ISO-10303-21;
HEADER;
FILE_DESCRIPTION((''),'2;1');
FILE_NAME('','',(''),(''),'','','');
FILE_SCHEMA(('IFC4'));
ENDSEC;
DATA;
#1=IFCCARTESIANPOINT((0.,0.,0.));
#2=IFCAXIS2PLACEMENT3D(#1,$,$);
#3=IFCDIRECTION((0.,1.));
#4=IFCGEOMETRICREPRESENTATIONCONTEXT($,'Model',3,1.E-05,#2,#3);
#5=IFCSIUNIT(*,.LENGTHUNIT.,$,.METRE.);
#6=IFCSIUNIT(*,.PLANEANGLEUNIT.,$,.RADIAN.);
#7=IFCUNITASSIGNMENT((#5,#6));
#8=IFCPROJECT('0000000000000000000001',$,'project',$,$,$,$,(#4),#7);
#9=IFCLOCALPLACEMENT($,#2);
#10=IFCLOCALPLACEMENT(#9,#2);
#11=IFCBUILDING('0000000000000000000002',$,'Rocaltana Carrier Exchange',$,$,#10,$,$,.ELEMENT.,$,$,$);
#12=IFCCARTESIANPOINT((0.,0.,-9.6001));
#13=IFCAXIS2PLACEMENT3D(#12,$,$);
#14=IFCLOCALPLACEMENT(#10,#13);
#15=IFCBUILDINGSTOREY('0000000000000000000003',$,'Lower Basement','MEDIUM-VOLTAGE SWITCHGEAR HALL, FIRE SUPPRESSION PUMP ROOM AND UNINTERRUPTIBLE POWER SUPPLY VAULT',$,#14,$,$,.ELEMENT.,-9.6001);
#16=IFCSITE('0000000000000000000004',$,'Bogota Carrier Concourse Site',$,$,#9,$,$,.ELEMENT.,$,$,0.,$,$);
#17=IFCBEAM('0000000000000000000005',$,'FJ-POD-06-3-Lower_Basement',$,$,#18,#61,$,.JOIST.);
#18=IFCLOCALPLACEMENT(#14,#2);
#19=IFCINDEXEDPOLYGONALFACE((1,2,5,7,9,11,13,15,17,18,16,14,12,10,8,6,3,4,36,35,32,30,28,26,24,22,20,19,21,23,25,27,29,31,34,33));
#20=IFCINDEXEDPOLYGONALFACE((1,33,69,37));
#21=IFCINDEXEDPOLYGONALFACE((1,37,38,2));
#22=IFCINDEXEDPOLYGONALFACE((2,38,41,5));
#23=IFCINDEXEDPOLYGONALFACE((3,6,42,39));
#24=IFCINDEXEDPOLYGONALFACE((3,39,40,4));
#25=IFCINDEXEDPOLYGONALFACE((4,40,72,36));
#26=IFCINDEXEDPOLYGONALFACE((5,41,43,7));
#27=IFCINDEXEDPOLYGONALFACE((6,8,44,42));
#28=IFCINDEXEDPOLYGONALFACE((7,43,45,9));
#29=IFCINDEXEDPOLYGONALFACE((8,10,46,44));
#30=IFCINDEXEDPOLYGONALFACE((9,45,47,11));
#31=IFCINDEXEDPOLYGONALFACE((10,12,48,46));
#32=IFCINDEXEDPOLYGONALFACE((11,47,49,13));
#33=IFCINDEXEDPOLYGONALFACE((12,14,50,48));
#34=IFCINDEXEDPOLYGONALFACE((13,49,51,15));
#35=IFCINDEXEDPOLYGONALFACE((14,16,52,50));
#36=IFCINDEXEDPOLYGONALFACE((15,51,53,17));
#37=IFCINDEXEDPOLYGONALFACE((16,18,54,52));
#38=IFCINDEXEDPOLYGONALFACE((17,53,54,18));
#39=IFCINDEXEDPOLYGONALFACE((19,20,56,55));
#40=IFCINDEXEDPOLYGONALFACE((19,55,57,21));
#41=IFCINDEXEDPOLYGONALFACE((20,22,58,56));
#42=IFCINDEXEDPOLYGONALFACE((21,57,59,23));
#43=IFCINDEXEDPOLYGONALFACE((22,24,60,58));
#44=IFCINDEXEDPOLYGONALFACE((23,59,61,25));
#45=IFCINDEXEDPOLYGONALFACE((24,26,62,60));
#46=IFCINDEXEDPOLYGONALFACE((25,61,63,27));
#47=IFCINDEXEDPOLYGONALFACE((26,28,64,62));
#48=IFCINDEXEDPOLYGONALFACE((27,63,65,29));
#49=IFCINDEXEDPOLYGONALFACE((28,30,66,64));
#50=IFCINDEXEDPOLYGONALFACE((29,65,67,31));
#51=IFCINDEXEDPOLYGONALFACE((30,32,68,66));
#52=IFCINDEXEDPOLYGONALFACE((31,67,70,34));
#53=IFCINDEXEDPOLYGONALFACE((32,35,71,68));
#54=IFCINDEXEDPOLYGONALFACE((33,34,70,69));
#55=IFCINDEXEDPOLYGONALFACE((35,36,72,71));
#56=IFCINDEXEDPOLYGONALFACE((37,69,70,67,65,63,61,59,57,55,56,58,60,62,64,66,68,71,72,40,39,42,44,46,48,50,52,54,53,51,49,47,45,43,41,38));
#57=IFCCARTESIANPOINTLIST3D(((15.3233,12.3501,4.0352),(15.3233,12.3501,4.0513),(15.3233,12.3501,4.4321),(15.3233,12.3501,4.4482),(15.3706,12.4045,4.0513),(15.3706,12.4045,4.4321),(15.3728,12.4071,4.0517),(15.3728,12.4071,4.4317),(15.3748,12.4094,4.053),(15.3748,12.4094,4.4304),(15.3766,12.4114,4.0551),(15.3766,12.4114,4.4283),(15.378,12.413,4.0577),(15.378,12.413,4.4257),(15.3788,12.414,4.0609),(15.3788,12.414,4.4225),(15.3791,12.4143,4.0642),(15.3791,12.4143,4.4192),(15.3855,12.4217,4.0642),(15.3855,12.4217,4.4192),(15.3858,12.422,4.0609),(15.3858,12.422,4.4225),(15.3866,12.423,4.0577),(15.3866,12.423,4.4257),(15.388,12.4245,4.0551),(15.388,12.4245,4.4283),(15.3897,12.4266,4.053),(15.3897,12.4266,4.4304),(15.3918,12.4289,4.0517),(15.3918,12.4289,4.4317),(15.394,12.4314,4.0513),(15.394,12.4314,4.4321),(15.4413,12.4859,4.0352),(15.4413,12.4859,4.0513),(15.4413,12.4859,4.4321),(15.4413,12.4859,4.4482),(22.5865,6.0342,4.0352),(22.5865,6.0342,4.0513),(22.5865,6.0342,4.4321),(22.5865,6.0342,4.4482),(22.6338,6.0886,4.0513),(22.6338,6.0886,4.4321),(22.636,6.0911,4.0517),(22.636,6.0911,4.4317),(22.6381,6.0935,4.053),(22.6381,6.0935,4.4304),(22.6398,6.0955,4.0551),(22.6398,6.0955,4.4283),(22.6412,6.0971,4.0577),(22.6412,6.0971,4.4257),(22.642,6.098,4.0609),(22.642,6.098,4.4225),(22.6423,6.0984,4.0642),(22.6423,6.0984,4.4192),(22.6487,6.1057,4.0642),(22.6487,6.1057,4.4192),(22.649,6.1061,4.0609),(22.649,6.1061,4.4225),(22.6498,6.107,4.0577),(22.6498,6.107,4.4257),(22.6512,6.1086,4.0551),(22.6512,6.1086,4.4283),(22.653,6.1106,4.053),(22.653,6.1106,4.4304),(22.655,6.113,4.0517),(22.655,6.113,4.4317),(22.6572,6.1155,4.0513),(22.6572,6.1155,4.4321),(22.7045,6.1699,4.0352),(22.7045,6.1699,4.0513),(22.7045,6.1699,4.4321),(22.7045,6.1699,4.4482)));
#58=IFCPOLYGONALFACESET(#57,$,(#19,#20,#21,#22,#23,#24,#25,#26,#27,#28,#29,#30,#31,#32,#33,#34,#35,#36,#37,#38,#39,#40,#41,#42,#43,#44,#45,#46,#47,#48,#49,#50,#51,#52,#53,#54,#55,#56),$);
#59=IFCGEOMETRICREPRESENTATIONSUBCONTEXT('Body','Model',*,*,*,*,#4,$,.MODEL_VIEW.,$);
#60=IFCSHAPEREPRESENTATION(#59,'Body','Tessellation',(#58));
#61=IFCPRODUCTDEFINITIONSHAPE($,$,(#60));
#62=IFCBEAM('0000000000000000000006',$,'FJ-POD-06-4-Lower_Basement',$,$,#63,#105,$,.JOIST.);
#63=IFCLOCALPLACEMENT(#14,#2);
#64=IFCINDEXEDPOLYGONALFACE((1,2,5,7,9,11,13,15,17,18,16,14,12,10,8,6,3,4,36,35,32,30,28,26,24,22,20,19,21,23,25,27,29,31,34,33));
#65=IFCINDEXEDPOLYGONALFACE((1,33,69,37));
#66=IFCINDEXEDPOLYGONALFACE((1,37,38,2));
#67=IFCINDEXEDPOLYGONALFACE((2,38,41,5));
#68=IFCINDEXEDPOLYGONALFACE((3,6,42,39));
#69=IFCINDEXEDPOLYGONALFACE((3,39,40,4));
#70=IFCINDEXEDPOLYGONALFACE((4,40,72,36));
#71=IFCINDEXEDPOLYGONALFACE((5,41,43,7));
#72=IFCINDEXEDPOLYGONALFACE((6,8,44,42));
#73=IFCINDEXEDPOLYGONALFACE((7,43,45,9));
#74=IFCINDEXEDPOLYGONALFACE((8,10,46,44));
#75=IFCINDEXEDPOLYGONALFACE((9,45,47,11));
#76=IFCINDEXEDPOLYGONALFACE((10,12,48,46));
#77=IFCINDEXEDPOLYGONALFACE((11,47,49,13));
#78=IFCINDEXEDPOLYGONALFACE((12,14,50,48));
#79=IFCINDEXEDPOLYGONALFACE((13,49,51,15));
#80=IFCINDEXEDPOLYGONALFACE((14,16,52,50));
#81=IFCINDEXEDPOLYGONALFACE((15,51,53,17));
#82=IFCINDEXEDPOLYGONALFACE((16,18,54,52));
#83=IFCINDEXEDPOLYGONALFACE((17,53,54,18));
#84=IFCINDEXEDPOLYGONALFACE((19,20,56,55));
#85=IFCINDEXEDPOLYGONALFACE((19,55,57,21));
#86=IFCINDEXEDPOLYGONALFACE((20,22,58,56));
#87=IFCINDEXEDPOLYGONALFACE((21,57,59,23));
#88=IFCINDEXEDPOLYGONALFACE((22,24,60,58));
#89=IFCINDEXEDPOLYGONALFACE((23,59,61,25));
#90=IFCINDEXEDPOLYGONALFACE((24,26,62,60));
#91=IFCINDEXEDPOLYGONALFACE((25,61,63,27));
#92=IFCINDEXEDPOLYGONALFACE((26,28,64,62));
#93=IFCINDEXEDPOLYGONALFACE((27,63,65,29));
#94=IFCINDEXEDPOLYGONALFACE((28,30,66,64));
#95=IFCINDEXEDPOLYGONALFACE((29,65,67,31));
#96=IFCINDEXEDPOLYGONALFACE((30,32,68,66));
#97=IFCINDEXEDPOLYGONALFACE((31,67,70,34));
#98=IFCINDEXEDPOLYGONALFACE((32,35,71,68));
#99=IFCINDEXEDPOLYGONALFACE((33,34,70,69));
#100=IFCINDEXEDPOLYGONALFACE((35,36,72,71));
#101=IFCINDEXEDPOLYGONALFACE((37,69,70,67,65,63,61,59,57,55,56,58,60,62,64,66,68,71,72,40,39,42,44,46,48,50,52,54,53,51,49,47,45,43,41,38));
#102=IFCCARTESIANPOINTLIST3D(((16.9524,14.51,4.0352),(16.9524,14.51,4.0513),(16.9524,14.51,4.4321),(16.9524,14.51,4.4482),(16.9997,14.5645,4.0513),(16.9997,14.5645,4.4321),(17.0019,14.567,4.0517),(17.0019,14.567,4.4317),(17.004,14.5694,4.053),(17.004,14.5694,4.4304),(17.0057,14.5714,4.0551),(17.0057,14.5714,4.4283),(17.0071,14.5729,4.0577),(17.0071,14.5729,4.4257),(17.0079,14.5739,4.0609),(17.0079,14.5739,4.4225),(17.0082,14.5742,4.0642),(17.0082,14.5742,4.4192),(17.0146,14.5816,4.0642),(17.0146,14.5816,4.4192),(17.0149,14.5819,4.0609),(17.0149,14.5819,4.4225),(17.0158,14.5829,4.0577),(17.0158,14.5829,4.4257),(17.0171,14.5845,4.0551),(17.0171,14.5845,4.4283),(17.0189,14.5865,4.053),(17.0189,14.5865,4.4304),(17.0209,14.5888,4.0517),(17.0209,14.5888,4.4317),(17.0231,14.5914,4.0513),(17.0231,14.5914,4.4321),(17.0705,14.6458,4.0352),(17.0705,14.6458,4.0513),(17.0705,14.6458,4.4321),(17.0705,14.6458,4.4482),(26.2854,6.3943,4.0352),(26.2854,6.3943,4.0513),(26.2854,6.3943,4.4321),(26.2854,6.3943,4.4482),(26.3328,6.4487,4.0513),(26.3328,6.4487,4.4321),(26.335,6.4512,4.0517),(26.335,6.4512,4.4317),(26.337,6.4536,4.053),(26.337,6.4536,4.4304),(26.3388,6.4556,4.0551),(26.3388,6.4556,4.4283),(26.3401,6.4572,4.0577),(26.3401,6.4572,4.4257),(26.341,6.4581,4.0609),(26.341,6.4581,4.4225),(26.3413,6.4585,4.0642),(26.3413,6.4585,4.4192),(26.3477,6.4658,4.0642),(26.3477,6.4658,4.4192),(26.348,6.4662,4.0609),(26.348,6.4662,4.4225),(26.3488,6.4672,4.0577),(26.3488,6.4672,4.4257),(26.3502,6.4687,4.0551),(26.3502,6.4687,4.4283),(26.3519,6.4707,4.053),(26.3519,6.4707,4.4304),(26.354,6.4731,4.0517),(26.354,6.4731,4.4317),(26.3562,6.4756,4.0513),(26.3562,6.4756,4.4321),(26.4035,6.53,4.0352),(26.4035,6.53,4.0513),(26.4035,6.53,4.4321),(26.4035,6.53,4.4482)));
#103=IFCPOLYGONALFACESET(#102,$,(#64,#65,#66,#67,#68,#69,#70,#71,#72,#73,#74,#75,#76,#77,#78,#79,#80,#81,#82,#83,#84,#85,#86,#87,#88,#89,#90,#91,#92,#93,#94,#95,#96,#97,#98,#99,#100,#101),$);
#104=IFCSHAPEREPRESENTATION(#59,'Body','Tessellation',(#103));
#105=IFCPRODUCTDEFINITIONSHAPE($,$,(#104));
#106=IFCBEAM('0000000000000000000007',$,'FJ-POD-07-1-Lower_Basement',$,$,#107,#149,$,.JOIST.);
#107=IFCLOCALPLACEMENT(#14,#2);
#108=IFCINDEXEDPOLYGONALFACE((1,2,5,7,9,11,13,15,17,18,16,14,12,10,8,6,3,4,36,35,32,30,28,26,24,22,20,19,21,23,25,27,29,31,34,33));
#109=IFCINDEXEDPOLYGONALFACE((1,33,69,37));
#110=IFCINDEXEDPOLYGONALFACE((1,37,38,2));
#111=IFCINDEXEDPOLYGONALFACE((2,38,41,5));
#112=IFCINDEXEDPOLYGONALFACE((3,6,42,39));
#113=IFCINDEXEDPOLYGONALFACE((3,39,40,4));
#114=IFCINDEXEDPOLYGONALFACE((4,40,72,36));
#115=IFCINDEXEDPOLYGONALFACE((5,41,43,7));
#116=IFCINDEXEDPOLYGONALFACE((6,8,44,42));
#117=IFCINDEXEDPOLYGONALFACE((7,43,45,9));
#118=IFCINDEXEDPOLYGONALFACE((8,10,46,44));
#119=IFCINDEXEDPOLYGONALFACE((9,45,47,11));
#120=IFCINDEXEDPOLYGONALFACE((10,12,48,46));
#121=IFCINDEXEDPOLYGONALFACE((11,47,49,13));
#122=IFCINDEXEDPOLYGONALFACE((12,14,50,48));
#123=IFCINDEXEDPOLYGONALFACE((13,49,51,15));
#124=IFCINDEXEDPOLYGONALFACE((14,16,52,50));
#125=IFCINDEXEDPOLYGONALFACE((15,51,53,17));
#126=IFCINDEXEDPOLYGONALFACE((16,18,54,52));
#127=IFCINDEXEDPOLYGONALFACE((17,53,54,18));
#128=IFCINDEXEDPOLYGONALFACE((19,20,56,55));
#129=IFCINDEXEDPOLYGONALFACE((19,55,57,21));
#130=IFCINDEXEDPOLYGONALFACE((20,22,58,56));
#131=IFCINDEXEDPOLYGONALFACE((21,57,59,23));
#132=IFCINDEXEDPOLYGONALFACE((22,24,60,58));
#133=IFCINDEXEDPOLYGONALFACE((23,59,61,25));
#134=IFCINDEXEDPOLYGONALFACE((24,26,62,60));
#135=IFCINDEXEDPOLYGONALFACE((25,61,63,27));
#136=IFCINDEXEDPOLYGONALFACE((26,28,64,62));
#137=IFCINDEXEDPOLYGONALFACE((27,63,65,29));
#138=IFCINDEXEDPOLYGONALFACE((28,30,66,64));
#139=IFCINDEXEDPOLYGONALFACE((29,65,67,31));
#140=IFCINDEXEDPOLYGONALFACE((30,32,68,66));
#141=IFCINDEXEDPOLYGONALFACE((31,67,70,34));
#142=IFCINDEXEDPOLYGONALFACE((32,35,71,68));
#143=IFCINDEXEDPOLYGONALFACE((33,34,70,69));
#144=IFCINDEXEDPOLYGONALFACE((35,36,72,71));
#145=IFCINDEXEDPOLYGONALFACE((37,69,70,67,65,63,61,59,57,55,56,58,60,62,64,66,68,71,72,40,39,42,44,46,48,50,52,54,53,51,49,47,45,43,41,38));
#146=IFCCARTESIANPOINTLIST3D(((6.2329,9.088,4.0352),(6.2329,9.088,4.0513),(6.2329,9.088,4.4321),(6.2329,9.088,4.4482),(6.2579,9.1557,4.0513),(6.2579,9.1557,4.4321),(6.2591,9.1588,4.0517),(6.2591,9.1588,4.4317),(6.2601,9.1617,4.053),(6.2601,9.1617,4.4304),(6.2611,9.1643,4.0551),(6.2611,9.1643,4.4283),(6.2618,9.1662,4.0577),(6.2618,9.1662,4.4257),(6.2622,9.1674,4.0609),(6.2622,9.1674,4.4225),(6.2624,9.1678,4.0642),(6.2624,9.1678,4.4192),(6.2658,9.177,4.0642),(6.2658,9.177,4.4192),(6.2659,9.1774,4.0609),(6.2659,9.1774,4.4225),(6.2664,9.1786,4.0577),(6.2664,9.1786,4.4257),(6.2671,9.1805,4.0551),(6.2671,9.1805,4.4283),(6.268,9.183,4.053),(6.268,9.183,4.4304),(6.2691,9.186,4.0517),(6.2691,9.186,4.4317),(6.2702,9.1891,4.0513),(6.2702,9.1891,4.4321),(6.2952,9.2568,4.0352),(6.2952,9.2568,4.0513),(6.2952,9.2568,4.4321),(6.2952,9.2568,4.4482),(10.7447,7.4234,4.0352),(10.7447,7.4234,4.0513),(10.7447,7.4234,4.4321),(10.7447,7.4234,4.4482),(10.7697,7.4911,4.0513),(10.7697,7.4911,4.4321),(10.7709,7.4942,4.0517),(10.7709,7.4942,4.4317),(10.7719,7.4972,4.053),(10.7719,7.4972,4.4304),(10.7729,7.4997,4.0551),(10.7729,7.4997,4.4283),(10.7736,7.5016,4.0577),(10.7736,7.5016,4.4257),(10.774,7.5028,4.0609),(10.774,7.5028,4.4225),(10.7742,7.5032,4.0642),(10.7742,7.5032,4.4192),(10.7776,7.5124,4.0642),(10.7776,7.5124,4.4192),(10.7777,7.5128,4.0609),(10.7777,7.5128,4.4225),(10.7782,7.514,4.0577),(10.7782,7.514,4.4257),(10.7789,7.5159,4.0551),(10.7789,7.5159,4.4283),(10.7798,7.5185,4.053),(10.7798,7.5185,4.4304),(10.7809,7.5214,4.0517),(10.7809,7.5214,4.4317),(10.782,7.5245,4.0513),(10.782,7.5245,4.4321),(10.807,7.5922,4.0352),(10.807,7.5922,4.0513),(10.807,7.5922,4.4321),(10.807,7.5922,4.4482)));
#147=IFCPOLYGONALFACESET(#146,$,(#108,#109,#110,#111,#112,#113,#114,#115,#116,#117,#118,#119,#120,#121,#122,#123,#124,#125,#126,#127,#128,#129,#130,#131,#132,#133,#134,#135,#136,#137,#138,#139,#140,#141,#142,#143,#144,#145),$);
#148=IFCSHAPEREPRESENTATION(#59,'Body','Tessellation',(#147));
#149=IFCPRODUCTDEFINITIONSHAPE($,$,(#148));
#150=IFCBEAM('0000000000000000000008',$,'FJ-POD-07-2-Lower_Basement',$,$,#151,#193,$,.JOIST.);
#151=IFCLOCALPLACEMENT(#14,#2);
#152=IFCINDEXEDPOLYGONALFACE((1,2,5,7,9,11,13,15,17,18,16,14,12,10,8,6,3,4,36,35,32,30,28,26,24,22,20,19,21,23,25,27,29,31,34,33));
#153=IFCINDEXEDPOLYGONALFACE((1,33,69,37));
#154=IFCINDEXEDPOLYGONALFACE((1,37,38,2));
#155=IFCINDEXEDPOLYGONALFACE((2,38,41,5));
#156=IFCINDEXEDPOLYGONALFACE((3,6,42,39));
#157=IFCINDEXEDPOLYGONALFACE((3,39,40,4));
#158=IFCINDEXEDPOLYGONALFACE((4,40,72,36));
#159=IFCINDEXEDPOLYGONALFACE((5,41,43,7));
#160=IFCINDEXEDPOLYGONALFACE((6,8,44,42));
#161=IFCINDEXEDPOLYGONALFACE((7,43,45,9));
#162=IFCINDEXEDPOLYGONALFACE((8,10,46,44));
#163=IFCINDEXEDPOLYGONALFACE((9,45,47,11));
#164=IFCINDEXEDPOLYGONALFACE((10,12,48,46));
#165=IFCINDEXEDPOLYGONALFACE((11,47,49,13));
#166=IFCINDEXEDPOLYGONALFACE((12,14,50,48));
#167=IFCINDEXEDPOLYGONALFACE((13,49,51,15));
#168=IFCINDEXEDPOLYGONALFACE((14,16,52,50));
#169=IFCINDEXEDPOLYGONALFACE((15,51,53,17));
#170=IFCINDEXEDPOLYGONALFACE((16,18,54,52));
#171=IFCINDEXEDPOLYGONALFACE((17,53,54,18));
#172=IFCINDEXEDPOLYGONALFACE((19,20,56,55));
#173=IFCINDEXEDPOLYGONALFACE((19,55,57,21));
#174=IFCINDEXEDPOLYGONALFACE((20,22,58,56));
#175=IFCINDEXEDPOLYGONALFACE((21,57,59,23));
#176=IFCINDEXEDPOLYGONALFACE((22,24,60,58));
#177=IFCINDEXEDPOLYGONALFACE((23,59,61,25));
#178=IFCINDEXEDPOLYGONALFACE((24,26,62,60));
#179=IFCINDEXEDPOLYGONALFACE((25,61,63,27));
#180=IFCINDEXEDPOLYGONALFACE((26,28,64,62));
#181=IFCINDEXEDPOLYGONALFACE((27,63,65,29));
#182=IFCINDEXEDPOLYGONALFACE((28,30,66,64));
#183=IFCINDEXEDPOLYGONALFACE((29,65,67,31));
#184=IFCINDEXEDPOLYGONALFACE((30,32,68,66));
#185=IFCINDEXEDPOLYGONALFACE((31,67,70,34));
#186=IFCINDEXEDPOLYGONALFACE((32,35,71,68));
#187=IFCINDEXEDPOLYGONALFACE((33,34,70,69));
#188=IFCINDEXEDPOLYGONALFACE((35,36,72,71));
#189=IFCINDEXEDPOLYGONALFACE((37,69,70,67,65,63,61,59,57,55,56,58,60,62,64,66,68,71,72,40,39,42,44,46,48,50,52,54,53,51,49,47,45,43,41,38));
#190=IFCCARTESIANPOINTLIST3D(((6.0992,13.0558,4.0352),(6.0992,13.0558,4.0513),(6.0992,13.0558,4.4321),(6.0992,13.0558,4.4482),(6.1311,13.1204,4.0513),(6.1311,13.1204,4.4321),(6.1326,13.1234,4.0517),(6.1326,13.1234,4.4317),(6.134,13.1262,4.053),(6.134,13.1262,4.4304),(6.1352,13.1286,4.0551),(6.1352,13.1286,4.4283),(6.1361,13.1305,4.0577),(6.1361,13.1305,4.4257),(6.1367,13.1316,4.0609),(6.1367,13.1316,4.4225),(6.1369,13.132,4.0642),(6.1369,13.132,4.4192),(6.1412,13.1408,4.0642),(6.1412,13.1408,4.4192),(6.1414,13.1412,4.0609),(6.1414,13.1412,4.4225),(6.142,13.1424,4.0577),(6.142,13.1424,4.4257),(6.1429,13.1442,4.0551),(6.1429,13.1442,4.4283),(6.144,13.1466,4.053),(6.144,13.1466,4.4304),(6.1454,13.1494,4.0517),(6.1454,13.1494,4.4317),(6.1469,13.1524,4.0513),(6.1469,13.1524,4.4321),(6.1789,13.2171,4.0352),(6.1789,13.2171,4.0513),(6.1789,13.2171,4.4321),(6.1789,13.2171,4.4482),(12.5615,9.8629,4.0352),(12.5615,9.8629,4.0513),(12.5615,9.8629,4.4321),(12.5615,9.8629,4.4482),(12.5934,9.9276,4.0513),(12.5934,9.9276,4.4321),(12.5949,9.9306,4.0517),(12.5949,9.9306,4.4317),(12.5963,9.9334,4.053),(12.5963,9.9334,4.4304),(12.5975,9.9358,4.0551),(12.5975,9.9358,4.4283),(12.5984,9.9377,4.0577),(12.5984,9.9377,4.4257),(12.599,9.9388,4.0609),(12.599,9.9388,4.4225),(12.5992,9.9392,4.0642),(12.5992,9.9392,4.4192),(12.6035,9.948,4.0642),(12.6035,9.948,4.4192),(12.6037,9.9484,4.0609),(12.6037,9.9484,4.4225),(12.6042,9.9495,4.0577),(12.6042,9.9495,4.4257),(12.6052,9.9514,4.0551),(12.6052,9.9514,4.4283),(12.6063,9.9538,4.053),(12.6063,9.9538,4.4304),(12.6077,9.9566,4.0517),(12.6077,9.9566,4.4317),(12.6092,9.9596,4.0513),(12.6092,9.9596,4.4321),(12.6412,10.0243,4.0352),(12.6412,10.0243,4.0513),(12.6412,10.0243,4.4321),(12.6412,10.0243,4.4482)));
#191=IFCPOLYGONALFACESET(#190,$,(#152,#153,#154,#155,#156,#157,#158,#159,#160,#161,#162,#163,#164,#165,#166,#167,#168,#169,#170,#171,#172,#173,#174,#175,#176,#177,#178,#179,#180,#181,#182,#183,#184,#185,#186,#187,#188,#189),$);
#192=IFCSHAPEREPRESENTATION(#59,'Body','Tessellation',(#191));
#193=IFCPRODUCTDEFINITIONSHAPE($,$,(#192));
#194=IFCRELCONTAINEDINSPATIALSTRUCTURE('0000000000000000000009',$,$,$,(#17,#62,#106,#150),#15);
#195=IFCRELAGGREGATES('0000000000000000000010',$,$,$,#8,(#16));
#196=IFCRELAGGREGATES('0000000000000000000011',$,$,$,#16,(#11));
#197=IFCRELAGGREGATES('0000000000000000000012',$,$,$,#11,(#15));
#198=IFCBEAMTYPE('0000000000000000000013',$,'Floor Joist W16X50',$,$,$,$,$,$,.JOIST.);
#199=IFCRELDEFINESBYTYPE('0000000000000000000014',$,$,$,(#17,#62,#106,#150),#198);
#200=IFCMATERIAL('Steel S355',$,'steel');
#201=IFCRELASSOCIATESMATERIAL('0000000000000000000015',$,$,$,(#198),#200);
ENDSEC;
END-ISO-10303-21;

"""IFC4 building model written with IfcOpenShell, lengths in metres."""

from ifc_helpers import new_model, si_unit, direction, frame, origin, origin_2d, place, context, subcontext, project, spatial, i_section, extrude, material, material_profile, profile_set, type_object, element, save


model = new_model("IFC4")

# Units and contexts
model_context = context("Model", 3, precision=1e-05, world=origin(), true_north=direction((0.0, 1.0)))
body_context = subcontext(model_context, "Body", "Model", "MODEL_VIEW")
ifc_project = project(units=[si_unit("LENGTHUNIT", "METRE"), si_unit("PLANEANGLEUNIT", "RADIAN")], contexts=[model_context])

# Site, building, storey
site_placement = place(None, origin())
site = spatial("IfcSite", under=ifc_project, at=site_placement, Name="Bogota Carrier Concourse Site", CompositionType="ELEMENT", RefElevation=0.0)
building_placement = place(site_placement, origin())
building = spatial("IfcBuilding", under=site, at=building_placement, Name="Rocaltana Carrier Exchange", CompositionType="ELEMENT")
storey_placement = place(building_placement, frame((0.0, 0.0, -9.6001)))
storey = spatial("IfcBuildingStorey", under=building, at=storey_placement, Name="Lower Basement", Description="MEDIUM-VOLTAGE SWITCHGEAR HALL, FIRE SUPPRESSION PUMP ROOM AND UNINTERRUPTIBLE POWER SUPPLY VAULT", CompositionType="ELEMENT", Elevation=-9.6001)

# Beams
ifc_material_1 = material(Name="Steel S355", Category="steel")
ifc_material_profile_1 = material_profile(ifc_material_1, i_section(OverallWidth=0.1799, OverallDepth=0.4131, WebThickness=0.0098, FlangeThickness=0.0161, FilletRadius=0.0129, at=origin_2d()), Name="W16X50")
ifc_profile_set_1 = profile_set([ifc_material_profile_1], Name="Steel S355")
beam_type_1 = type_object("IfcBeamType", Name="Floor Joist W16X50", PredefinedType="JOIST", material=ifc_profile_set_1)
beam_1_placement = place(storey_placement, frame((22.6455, 6.1021, 4.2417), z_axis=(-0.7546, 0.656185, 0.0), x_axis=(-0.656185, -0.7546, 0.0)))
element("IfcBeam", 1, at=beam_1_placement, inside=storey, type_object=beam_type_1, Name="FJ-POD-06-3-Lower_Basement", PredefinedType="JOIST", context=body_context, shape_type="SweptSolid", body=[
    extrude(i_section(OverallWidth=0.1799, OverallDepth=0.4131, WebThickness=0.0098, FlangeThickness=0.0161, FilletRadius=0.0129, at=origin_2d()), origin(), (0.0, 0.0, 1.0), 9.6252),
])
beam_2_placement = place(storey_placement, frame((26.3445, 6.4622, 4.2417), z_axis=(-0.754603, 0.656182, 0.0), x_axis=(-0.656182, -0.754603, 0.0)))
element("IfcBeam", 2, at=beam_2_placement, inside=storey, type_object=beam_type_1, Name="FJ-POD-06-4-Lower_Basement", PredefinedType="JOIST", context=body_context, shape_type="SweptSolid", body=[
    extrude(i_section(OverallWidth=0.1799, OverallDepth=0.4131, WebThickness=0.0098, FlangeThickness=0.0161, FilletRadius=0.0129, at=origin_2d()), origin(), (0.0, 0.0, 1.0), 12.3682),
])
beam_3_placement = place(storey_placement, frame((10.7759, 7.5078, 4.2417), z_axis=(-0.938185, 0.346134, 0.0), x_axis=(-0.346134, -0.938185, 0.0)))
element("IfcBeam", 3, at=beam_3_placement, inside=storey, type_object=beam_type_1, Name="FJ-POD-07-1-Lower_Basement", PredefinedType="JOIST", context=body_context, shape_type="SweptSolid", body=[
    extrude(i_section(OverallWidth=0.1799, OverallDepth=0.4131, WebThickness=0.0098, FlangeThickness=0.0161, FilletRadius=0.0129, at=origin_2d()), origin(), (0.0, 0.0, 1.0), 4.8091),
])
beam_4_placement = place(storey_placement, frame((12.6013, 9.9436, 4.2417), z_axis=(-0.896544, 0.442954, 0.0), x_axis=(-0.442954, -0.896544, 0.0)))
element("IfcBeam", 4, at=beam_4_placement, inside=storey, type_object=beam_type_1, Name="FJ-POD-07-2-Lower_Basement", PredefinedType="JOIST", context=body_context, shape_type="SweptSolid", body=[
    extrude(i_section(OverallWidth=0.1799, OverallDepth=0.4131, WebThickness=0.0098, FlangeThickness=0.0161, FilletRadius=0.0129, at=origin_2d()), origin(), (0.0, 0.0, 1.0), 7.208),
])

save(model, "model.ifc")
